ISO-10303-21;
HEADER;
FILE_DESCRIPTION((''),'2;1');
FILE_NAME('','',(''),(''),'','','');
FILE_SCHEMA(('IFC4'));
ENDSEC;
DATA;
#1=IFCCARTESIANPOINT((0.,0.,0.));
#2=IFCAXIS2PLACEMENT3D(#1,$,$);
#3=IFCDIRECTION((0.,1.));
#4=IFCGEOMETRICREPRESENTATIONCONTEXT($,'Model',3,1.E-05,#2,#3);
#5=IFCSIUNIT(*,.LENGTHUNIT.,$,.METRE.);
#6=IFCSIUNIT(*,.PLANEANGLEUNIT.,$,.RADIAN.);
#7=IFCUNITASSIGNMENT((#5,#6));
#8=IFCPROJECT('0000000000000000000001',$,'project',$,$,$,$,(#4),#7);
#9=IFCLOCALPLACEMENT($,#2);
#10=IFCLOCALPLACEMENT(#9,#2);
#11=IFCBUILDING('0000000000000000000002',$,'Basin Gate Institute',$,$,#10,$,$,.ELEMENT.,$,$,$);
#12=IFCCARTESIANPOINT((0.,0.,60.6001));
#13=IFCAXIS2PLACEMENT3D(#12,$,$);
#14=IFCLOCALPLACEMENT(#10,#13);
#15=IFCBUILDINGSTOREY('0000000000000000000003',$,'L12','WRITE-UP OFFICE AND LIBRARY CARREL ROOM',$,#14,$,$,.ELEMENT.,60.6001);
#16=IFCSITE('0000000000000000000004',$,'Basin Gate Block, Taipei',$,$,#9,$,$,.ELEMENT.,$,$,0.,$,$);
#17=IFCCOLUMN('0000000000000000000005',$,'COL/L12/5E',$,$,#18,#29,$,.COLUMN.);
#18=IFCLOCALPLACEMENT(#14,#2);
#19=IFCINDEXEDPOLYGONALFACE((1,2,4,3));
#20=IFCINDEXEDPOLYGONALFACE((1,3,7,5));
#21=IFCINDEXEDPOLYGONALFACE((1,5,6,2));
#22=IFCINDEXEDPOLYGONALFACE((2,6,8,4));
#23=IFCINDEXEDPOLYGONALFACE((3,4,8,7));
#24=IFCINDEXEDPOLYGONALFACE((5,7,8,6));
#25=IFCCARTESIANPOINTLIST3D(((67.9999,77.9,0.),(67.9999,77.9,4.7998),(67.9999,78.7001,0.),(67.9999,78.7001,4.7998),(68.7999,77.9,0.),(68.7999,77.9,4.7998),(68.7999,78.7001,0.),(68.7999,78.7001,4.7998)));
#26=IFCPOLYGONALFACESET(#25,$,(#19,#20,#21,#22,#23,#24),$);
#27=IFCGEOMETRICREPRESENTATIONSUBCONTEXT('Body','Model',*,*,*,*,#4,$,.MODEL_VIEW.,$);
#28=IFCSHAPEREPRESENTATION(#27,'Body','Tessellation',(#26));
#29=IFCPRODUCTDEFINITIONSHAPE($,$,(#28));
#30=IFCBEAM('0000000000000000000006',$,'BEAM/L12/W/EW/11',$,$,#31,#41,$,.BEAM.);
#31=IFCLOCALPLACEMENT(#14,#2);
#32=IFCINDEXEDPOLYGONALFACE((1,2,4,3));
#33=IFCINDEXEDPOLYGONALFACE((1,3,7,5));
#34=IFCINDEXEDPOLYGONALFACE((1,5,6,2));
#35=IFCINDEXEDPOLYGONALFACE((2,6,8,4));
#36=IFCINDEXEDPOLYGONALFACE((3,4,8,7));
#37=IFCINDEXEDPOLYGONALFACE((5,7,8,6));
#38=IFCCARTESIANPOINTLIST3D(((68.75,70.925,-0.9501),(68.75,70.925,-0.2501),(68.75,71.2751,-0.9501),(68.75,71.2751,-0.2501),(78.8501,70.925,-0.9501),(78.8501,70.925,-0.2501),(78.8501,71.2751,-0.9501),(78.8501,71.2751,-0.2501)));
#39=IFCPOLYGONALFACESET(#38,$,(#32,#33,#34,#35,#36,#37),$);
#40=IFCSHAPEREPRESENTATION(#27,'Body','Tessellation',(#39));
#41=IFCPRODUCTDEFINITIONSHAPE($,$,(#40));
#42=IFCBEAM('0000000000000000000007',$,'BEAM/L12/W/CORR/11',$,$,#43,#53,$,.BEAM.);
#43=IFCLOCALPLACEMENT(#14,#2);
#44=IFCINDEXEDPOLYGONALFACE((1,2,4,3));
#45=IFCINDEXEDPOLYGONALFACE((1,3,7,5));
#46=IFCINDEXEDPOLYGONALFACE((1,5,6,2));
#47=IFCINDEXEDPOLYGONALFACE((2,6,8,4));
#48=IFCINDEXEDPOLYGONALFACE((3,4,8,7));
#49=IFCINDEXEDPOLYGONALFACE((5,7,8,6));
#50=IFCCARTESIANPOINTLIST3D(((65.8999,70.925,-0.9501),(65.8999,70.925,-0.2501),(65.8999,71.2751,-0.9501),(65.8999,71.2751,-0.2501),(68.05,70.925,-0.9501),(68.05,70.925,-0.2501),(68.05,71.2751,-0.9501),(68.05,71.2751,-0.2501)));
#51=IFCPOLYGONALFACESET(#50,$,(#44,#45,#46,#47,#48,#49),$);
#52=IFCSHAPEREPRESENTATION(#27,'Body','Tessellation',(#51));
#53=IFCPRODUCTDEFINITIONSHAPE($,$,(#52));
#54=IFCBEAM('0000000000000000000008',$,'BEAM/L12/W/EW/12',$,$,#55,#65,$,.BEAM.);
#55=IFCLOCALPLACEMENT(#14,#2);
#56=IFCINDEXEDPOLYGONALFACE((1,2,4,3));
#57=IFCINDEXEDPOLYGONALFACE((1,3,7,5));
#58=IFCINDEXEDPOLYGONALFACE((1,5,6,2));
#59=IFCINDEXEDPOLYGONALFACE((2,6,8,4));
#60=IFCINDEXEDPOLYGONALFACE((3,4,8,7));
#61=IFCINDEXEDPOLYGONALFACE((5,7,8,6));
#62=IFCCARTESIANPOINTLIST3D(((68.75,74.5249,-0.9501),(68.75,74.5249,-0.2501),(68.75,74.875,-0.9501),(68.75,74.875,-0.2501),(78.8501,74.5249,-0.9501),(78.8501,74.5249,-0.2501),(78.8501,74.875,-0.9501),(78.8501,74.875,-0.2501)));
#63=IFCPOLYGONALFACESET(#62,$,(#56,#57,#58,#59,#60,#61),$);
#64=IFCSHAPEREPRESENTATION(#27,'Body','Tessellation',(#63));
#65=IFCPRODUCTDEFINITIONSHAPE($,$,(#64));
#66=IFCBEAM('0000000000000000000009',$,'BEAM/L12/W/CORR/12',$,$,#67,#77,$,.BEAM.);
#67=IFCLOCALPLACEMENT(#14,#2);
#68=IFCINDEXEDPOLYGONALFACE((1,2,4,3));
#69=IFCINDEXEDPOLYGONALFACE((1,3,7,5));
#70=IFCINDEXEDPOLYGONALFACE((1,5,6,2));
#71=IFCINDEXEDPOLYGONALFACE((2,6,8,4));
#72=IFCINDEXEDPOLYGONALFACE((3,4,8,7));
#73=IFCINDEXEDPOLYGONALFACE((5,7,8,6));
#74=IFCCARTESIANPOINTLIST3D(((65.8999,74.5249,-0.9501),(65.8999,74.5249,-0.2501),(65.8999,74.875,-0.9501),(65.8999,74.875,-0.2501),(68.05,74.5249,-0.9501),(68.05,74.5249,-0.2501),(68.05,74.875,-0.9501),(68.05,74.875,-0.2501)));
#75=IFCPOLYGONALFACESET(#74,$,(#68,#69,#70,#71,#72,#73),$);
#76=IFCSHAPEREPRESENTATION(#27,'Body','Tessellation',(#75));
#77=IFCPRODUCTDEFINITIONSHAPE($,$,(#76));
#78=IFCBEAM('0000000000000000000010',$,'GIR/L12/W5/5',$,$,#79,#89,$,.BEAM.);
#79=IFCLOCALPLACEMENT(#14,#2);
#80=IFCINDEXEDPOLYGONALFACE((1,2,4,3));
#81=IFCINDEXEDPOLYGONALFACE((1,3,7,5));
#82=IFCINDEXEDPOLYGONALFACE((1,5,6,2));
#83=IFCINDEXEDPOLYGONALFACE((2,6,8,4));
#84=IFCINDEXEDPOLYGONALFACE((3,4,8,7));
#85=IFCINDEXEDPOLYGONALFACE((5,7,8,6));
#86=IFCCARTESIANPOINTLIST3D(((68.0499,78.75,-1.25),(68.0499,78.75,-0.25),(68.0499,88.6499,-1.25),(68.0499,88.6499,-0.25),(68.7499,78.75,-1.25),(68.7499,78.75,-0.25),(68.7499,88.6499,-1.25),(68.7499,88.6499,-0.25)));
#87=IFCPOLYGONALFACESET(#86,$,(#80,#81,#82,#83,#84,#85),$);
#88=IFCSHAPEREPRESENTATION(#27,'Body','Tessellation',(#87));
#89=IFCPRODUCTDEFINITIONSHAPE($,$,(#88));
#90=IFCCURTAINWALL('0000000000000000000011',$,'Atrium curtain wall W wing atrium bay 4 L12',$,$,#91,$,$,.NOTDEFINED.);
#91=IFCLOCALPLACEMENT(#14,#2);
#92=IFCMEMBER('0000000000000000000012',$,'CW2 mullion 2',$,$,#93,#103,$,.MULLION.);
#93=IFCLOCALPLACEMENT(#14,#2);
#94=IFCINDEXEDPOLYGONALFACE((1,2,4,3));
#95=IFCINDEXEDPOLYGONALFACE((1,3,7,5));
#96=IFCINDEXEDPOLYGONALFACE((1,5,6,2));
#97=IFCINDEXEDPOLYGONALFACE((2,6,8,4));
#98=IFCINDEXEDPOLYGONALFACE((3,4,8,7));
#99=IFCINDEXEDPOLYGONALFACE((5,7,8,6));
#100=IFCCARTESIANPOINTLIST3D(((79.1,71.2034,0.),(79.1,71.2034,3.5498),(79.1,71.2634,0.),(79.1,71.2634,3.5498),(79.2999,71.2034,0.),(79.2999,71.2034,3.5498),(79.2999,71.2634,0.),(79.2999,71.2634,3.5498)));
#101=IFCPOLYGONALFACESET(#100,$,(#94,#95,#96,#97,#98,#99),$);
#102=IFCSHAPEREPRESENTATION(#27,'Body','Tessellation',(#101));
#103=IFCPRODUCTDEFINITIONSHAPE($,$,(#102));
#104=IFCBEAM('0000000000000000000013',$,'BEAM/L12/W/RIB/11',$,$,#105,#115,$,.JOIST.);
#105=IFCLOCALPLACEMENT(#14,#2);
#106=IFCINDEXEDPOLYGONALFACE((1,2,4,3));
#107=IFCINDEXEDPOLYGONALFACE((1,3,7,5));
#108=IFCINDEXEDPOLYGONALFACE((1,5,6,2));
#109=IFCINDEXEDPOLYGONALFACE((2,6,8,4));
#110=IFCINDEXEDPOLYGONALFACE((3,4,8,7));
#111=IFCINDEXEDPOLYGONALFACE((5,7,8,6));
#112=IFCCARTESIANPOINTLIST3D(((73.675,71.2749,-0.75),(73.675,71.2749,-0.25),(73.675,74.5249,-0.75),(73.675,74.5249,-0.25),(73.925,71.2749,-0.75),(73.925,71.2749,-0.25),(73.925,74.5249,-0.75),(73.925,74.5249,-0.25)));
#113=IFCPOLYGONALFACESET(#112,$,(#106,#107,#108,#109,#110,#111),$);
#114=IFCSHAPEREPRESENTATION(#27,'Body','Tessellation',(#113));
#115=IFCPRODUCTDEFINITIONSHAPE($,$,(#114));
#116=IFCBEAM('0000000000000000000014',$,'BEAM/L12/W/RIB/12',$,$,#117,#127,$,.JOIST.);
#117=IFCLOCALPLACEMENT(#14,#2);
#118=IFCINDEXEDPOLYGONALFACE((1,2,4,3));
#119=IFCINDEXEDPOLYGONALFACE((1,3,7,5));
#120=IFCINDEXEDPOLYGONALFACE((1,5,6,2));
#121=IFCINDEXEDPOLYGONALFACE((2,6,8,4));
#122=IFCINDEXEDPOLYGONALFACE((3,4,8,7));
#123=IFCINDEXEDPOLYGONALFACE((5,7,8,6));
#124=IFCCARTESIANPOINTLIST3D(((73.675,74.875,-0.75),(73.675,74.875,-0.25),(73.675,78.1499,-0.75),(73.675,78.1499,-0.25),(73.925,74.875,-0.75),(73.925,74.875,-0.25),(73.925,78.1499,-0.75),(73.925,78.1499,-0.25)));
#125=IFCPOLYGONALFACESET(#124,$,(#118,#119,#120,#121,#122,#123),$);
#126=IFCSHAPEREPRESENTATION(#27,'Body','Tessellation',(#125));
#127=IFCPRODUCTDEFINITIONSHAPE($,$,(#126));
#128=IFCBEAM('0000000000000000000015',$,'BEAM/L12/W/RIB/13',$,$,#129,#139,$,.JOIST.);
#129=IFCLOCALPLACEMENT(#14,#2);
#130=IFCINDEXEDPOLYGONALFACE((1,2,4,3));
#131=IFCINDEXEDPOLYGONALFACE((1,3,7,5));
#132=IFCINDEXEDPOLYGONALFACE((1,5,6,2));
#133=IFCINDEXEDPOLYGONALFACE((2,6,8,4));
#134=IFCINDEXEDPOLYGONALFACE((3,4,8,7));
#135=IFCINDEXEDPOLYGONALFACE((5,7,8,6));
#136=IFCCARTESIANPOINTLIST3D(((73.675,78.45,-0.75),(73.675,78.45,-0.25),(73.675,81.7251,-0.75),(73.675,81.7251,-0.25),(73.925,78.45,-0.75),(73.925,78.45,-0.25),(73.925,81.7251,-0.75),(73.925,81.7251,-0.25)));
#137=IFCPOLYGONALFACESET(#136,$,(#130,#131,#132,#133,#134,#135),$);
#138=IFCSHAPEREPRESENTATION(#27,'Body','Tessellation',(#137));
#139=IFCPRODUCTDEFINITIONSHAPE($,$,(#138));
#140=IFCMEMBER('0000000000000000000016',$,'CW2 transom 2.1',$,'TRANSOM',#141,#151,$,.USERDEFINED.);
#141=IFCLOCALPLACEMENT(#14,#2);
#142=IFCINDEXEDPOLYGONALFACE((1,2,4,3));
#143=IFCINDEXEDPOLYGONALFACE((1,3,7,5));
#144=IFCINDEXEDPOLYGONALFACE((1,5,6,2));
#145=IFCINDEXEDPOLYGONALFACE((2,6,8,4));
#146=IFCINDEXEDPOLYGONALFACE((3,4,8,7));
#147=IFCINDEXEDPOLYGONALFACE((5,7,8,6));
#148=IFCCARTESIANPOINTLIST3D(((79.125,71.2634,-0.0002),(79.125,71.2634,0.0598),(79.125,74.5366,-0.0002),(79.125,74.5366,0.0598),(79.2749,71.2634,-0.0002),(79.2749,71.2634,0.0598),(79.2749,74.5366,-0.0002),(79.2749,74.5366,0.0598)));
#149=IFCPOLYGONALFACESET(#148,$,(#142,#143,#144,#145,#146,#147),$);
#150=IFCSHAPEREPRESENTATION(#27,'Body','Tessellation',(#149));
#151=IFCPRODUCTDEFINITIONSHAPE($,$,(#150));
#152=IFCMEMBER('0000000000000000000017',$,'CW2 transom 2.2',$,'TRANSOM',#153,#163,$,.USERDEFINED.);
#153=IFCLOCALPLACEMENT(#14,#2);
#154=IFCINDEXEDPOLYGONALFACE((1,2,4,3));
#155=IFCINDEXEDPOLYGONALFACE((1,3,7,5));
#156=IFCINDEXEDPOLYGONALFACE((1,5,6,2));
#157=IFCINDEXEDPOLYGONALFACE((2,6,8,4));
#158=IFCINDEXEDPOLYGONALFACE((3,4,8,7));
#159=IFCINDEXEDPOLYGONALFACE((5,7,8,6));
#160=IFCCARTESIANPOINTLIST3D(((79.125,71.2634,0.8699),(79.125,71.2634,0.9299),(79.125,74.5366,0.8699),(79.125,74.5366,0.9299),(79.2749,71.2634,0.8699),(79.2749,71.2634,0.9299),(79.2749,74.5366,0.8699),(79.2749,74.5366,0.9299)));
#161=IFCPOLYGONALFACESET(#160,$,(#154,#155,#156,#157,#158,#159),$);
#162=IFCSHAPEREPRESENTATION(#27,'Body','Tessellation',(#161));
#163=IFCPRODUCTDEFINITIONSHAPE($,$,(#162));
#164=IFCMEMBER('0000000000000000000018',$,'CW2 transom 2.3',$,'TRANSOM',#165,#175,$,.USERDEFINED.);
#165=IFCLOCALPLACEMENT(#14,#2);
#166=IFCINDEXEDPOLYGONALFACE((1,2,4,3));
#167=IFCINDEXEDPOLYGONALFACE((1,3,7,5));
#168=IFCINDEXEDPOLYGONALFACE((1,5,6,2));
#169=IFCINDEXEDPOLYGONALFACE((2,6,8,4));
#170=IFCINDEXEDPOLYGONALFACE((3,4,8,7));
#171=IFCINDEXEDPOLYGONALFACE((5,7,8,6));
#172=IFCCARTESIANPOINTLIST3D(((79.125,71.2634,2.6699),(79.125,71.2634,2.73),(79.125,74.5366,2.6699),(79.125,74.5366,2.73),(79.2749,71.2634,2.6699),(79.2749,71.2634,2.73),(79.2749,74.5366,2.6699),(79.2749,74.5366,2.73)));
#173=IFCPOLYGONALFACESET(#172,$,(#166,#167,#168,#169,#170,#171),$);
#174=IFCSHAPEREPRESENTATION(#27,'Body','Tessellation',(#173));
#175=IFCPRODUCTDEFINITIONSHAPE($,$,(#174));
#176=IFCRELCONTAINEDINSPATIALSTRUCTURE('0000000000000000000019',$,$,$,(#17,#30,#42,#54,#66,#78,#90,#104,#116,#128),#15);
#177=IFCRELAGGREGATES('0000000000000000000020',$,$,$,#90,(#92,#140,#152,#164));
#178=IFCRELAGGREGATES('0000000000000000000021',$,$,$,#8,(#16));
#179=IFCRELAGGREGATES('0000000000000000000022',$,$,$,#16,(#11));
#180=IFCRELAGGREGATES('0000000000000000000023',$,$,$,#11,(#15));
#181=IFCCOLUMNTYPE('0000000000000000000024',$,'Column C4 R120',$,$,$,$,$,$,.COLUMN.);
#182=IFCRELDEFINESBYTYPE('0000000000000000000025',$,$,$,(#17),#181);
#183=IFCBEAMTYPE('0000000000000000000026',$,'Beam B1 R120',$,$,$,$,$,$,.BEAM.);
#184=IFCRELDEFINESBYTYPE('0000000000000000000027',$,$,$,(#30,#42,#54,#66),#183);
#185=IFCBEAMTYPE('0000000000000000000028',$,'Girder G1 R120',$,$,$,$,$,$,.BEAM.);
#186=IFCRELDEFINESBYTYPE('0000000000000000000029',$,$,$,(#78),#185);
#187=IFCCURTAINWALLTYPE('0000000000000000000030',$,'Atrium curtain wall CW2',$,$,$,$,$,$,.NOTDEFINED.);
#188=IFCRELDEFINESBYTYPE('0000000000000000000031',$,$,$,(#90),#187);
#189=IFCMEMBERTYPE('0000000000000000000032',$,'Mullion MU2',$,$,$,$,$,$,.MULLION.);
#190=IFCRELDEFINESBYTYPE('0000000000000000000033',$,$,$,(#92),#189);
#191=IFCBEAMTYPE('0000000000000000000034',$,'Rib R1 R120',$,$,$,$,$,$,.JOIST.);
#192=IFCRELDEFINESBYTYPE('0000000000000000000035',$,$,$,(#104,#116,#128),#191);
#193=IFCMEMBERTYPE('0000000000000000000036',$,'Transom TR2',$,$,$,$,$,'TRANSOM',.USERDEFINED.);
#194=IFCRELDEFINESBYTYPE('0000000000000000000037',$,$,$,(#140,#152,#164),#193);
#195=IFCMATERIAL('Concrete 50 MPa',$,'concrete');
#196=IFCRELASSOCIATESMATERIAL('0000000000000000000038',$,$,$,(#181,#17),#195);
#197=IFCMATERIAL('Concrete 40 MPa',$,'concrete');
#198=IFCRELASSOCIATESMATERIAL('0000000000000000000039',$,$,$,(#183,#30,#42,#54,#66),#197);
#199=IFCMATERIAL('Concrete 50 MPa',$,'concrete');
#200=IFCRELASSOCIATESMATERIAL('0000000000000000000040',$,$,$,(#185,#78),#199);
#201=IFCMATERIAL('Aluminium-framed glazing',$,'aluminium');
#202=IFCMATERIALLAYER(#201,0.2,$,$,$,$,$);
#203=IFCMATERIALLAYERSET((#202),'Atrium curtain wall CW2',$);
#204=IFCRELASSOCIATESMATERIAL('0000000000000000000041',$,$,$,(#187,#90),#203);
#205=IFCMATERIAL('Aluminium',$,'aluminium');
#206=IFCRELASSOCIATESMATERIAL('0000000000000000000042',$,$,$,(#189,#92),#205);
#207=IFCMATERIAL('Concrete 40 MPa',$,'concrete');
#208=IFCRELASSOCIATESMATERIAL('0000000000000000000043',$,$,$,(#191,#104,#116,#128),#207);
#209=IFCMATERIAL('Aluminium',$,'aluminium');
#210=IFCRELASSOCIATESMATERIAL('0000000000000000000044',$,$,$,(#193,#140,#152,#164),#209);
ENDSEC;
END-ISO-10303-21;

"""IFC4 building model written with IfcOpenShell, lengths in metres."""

from ifc_helpers import new_model, si_unit, direction, frame, origin, origin_2d, place, context, subcontext, project, spatial, rectangle, extrude, material, layer, layer_set, material_profile, profile_set, type_object, element, aggregate, save


model = new_model("IFC4")

# Units and contexts
model_context = context("Model", 3, precision=1e-05, world=origin(), true_north=direction((0.0, 1.0)))
body_context = subcontext(model_context, "Body", "Model", "MODEL_VIEW")
ifc_project = project(units=[si_unit("LENGTHUNIT", "METRE"), si_unit("PLANEANGLEUNIT", "RADIAN")], contexts=[model_context])

# Site, building, storey
site_placement = place(None, origin())
site = spatial("IfcSite", under=ifc_project, at=site_placement, Name="Basin Gate Block, Taipei", CompositionType="ELEMENT", RefElevation=0.0)
building_placement = place(site_placement, origin())
building = spatial("IfcBuilding", under=site, at=building_placement, Name="Basin Gate Institute", CompositionType="ELEMENT")
storey_placement = place(building_placement, frame((0.0, 0.0, 60.6001)))
storey = spatial("IfcBuildingStorey", under=building, at=storey_placement, Name="L12", Description="WRITE-UP OFFICE AND LIBRARY CARREL ROOM", CompositionType="ELEMENT", Elevation=60.6001)

# Column
ifc_material_1 = material(Name="Concrete 50 MPa", Category="concrete")
ifc_material_profile_1 = material_profile(ifc_material_1, rectangle(XDim=0.8, YDim=0.8, at=origin_2d()), Name="Column C4 800 x 800")
ifc_profile_set_1 = profile_set([ifc_material_profile_1], Name="Concrete 50 MPa")
column_type = type_object("IfcColumnType", Name="Column C4 R120", PredefinedType="COLUMN", material=ifc_profile_set_1)
column_placement = place(storey_placement, frame((68.3999, 78.3, 0.0), z_axis=(0.0, 0.0, 1.0), x_axis=(1.0, 0.0, 0.0)))
element("IfcColumn", 1, at=column_placement, inside=storey, type_object=column_type, material=ifc_profile_set_1, Name="COL/L12/5E", PredefinedType="COLUMN", context=body_context, shape_type="SweptSolid", body=[
    extrude(rectangle(XDim=0.8, YDim=0.8, at=origin_2d()), origin(), (0.0, 0.0, 1.0), 4.7998),
])

# Beams
ifc_material_2 = material(Name="Concrete 40 MPa", Category="concrete")
ifc_material_profile_2 = material_profile(ifc_material_2, rectangle(XDim=0.3501, YDim=0.7, at=origin_2d()), Name="Beam B1 350 x 700")
ifc_profile_set_2 = profile_set([ifc_material_profile_2], Name="Concrete 40 MPa")
beam_type_1 = type_object("IfcBeamType", Name="Beam B1 R120", PredefinedType="BEAM", material=ifc_profile_set_2)
beam_1_placement = place(storey_placement, frame((68.75, 71.1001, -0.6001), z_axis=(1.0, 0.0, 0.0), x_axis=(0.0, 1.0, 0.0)))
element("IfcBeam", 2, at=beam_1_placement, inside=storey, type_object=beam_type_1, material=ifc_profile_set_2, Name="BEAM/L12/W/EW/11", PredefinedType="BEAM", context=body_context, shape_type="SweptSolid", body=[
    extrude(rectangle(XDim=0.3501, YDim=0.7, at=origin_2d()), origin(), (0.0, 0.0, 1.0), 10.1001),
])
beam_2_placement = place(storey_placement, frame((65.8999, 71.1001, -0.6001), z_axis=(1.0, 0.0, 0.0), x_axis=(0.0, 1.0, 0.0)))
element("IfcBeam", 3, at=beam_2_placement, inside=storey, type_object=beam_type_1, material=ifc_profile_set_2, Name="BEAM/L12/W/CORR/11", PredefinedType="BEAM", context=body_context, shape_type="SweptSolid", body=[
    extrude(rectangle(XDim=0.3501, YDim=0.7, at=origin_2d()), origin(), (0.0, 0.0, 1.0), 2.1501),
])
beam_3_placement = place(storey_placement, frame((68.75, 74.7, -0.6001), z_axis=(1.0, 0.0, 0.0), x_axis=(0.0, 1.0, 0.0)))
element("IfcBeam", 4, at=beam_3_placement, inside=storey, type_object=beam_type_1, material=ifc_profile_set_2, Name="BEAM/L12/W/EW/12", PredefinedType="BEAM", context=body_context, shape_type="SweptSolid", body=[
    extrude(rectangle(XDim=0.3501, YDim=0.7, at=origin_2d()), origin(), (0.0, 0.0, 1.0), 10.1001),
])
beam_4_placement = place(storey_placement, frame((65.8999, 74.7, -0.6001), z_axis=(1.0, 0.0, 0.0), x_axis=(0.0, 1.0, 0.0)))
element("IfcBeam", 5, at=beam_4_placement, inside=storey, type_object=beam_type_1, material=ifc_profile_set_2, Name="BEAM/L12/W/CORR/12", PredefinedType="BEAM", context=body_context, shape_type="SweptSolid", body=[
    extrude(rectangle(XDim=0.3501, YDim=0.7, at=origin_2d()), origin(), (0.0, 0.0, 1.0), 2.1501),
])
ifc_material_3 = material(Name="Concrete 50 MPa", Category="concrete")
ifc_material_profile_3 = material_profile(ifc_material_3, rectangle(XDim=0.7, YDim=1.0, at=origin_2d()), Name="Girder G1 700 x 1000")
ifc_profile_set_3 = profile_set([ifc_material_profile_3], Name="Concrete 50 MPa")
beam_type_2 = type_object("IfcBeamType", Name="Girder G1 R120", PredefinedType="BEAM", material=ifc_profile_set_3)
beam_5_placement = place(storey_placement, frame((68.3999, 78.75, -0.75), z_axis=(0.0, 1.0, 0.0), x_axis=(-1.0, 0.0, 0.0)))
element("IfcBeam", 6, at=beam_5_placement, inside=storey, type_object=beam_type_2, material=ifc_profile_set_3, Name="GIR/L12/W5/5", PredefinedType="BEAM", context=body_context, shape_type="SweptSolid", body=[
    extrude(rectangle(XDim=0.7, YDim=1.0, at=origin_2d()), origin(), (0.0, 0.0, 1.0), 9.8999),
])

# Curtain wall, member
ifc_material_4 = material(Name="Aluminium-framed glazing", Category="aluminium")
ifc_layer_1 = layer(ifc_material_4, 0.2)
ifc_layer_set_1 = layer_set([ifc_layer_1], Name="Atrium curtain wall CW2")
curtain_wall_type = type_object("IfcCurtainWallType", Name="Atrium curtain wall CW2", PredefinedType="NOTDEFINED", material=ifc_layer_set_1)
curtain_wall_placement = place(storey_placement, origin())
curtain_wall = element("IfcCurtainWall", 7, at=curtain_wall_placement, inside=storey, type_object=curtain_wall_type, material=ifc_layer_set_1, Name="Atrium curtain wall W wing atrium bay 4 L12", PredefinedType="NOTDEFINED")
ifc_material_5 = material(Name="Aluminium", Category="aluminium")
ifc_material_profile_4 = material_profile(ifc_material_5, rectangle(XDim=0.2, YDim=0.0601, at=origin_2d()), Name="Mullion MU2 200 x 60")
ifc_profile_set_4 = profile_set([ifc_material_profile_4], Name="Aluminium")
member_type_1 = type_object("IfcMemberType", Name="Mullion MU2", PredefinedType="MULLION", material=ifc_profile_set_4)
member_1_placement = place(storey_placement, frame((79.2, 71.2334, 0.0), z_axis=(0.0, 0.0, 1.0), x_axis=(-1.0, 0.0, 0.0)))
member_1 = element("IfcMember", 8, at=member_1_placement, type_object=member_type_1, material=ifc_profile_set_4, Name="CW2 mullion 2", PredefinedType="MULLION", context=body_context, shape_type="SweptSolid", body=[
    extrude(rectangle(XDim=0.2, YDim=0.0601, at=origin_2d()), origin(), (0.0, 0.0, 1.0), 3.5498),
])

# Beams
ifc_material_6 = material(Name="Concrete 40 MPa", Category="concrete")
ifc_material_profile_5 = material_profile(ifc_material_6, rectangle(XDim=0.25, YDim=0.5, at=origin_2d()), Name="Rib R1 250 x 500")
ifc_profile_set_5 = profile_set([ifc_material_profile_5], Name="Concrete 40 MPa")
beam_type_3 = type_object("IfcBeamType", Name="Rib R1 R120", PredefinedType="JOIST", material=ifc_profile_set_5)
beam_6_placement = place(storey_placement, frame((73.8, 71.2749, -0.5), z_axis=(0.0, 1.0, 0.0), x_axis=(-1.0, 0.0, 0.0)))
element("IfcBeam", 9, at=beam_6_placement, inside=storey, type_object=beam_type_3, material=ifc_profile_set_5, Name="BEAM/L12/W/RIB/11", PredefinedType="JOIST", context=body_context, shape_type="SweptSolid", body=[
    extrude(rectangle(XDim=0.25, YDim=0.5, at=origin_2d()), origin(), (0.0, 0.0, 1.0), 3.25),
])
beam_7_placement = place(storey_placement, frame((73.8, 74.875, -0.5), z_axis=(0.0, 1.0, 0.0), x_axis=(-1.0, 0.0, 0.0)))
element("IfcBeam", 10, at=beam_7_placement, inside=storey, type_object=beam_type_3, material=ifc_profile_set_5, Name="BEAM/L12/W/RIB/12", PredefinedType="JOIST", context=body_context, shape_type="SweptSolid", body=[
    extrude(rectangle(XDim=0.25, YDim=0.5, at=origin_2d()), origin(), (0.0, 0.0, 1.0), 3.2749),
])
beam_8_placement = place(storey_placement, frame((73.8, 78.45, -0.5), z_axis=(0.0, 1.0, 0.0), x_axis=(-1.0, 0.0, 0.0)))
element("IfcBeam", 11, at=beam_8_placement, inside=storey, type_object=beam_type_3, material=ifc_profile_set_5, Name="BEAM/L12/W/RIB/13", PredefinedType="JOIST", context=body_context, shape_type="SweptSolid", body=[
    extrude(rectangle(XDim=0.25, YDim=0.5, at=origin_2d()), origin(), (0.0, 0.0, 1.0), 3.2751),
])

# Members
ifc_material_7 = material(Name="Aluminium", Category="aluminium")
ifc_material_profile_6 = material_profile(ifc_material_7, rectangle(XDim=0.1499, YDim=0.0601, at=origin_2d()), Name="Transom TR2 150 x 60")
ifc_profile_set_6 = profile_set([ifc_material_profile_6], Name="Aluminium")
member_type_2 = type_object("IfcMemberType", Name="Transom TR2", ElementType="TRANSOM", PredefinedType="USERDEFINED", material=ifc_profile_set_6)
member_2_placement = place(storey_placement, frame((79.2, 71.2634, 0.0298), z_axis=(0.0, 1.0, 0.0), x_axis=(-1.0, 0.0, 0.0)))
member_2 = element("IfcMember", 12, at=member_2_placement, type_object=member_type_2, material=ifc_profile_set_6, Name="CW2 transom 2.1", ObjectType="TRANSOM", PredefinedType="USERDEFINED", context=body_context, shape_type="SweptSolid", body=[
    extrude(rectangle(XDim=0.1499, YDim=0.0601, at=origin_2d()), origin(), (0.0, 0.0, 1.0), 3.2732),
])
member_3_placement = place(storey_placement, frame((79.2, 71.2634, 0.8999), z_axis=(0.0, 1.0, 0.0), x_axis=(-1.0, 0.0, 0.0)))
member_3 = element("IfcMember", 13, at=member_3_placement, type_object=member_type_2, material=ifc_profile_set_6, Name="CW2 transom 2.2", ObjectType="TRANSOM", PredefinedType="USERDEFINED", context=body_context, shape_type="SweptSolid", body=[
    extrude(rectangle(XDim=0.1499, YDim=0.0601, at=origin_2d()), origin(), (0.0, 0.0, 1.0), 3.2732),
])
member_4_placement = place(storey_placement, frame((79.2, 71.2634, 2.7), z_axis=(0.0, 1.0, 0.0), x_axis=(-1.0, 0.0, 0.0)))
member_4 = element("IfcMember", 14, at=member_4_placement, type_object=member_type_2, material=ifc_profile_set_6, Name="CW2 transom 2.3", ObjectType="TRANSOM", PredefinedType="USERDEFINED", context=body_context, shape_type="SweptSolid", body=[
    extrude(rectangle(XDim=0.1499, YDim=0.0601, at=origin_2d()), origin(), (0.0, 0.0, 1.0), 3.2732),
])
aggregate(curtain_wall, [member_1, member_2, member_3, member_4])

save(model, "model.ifc")
